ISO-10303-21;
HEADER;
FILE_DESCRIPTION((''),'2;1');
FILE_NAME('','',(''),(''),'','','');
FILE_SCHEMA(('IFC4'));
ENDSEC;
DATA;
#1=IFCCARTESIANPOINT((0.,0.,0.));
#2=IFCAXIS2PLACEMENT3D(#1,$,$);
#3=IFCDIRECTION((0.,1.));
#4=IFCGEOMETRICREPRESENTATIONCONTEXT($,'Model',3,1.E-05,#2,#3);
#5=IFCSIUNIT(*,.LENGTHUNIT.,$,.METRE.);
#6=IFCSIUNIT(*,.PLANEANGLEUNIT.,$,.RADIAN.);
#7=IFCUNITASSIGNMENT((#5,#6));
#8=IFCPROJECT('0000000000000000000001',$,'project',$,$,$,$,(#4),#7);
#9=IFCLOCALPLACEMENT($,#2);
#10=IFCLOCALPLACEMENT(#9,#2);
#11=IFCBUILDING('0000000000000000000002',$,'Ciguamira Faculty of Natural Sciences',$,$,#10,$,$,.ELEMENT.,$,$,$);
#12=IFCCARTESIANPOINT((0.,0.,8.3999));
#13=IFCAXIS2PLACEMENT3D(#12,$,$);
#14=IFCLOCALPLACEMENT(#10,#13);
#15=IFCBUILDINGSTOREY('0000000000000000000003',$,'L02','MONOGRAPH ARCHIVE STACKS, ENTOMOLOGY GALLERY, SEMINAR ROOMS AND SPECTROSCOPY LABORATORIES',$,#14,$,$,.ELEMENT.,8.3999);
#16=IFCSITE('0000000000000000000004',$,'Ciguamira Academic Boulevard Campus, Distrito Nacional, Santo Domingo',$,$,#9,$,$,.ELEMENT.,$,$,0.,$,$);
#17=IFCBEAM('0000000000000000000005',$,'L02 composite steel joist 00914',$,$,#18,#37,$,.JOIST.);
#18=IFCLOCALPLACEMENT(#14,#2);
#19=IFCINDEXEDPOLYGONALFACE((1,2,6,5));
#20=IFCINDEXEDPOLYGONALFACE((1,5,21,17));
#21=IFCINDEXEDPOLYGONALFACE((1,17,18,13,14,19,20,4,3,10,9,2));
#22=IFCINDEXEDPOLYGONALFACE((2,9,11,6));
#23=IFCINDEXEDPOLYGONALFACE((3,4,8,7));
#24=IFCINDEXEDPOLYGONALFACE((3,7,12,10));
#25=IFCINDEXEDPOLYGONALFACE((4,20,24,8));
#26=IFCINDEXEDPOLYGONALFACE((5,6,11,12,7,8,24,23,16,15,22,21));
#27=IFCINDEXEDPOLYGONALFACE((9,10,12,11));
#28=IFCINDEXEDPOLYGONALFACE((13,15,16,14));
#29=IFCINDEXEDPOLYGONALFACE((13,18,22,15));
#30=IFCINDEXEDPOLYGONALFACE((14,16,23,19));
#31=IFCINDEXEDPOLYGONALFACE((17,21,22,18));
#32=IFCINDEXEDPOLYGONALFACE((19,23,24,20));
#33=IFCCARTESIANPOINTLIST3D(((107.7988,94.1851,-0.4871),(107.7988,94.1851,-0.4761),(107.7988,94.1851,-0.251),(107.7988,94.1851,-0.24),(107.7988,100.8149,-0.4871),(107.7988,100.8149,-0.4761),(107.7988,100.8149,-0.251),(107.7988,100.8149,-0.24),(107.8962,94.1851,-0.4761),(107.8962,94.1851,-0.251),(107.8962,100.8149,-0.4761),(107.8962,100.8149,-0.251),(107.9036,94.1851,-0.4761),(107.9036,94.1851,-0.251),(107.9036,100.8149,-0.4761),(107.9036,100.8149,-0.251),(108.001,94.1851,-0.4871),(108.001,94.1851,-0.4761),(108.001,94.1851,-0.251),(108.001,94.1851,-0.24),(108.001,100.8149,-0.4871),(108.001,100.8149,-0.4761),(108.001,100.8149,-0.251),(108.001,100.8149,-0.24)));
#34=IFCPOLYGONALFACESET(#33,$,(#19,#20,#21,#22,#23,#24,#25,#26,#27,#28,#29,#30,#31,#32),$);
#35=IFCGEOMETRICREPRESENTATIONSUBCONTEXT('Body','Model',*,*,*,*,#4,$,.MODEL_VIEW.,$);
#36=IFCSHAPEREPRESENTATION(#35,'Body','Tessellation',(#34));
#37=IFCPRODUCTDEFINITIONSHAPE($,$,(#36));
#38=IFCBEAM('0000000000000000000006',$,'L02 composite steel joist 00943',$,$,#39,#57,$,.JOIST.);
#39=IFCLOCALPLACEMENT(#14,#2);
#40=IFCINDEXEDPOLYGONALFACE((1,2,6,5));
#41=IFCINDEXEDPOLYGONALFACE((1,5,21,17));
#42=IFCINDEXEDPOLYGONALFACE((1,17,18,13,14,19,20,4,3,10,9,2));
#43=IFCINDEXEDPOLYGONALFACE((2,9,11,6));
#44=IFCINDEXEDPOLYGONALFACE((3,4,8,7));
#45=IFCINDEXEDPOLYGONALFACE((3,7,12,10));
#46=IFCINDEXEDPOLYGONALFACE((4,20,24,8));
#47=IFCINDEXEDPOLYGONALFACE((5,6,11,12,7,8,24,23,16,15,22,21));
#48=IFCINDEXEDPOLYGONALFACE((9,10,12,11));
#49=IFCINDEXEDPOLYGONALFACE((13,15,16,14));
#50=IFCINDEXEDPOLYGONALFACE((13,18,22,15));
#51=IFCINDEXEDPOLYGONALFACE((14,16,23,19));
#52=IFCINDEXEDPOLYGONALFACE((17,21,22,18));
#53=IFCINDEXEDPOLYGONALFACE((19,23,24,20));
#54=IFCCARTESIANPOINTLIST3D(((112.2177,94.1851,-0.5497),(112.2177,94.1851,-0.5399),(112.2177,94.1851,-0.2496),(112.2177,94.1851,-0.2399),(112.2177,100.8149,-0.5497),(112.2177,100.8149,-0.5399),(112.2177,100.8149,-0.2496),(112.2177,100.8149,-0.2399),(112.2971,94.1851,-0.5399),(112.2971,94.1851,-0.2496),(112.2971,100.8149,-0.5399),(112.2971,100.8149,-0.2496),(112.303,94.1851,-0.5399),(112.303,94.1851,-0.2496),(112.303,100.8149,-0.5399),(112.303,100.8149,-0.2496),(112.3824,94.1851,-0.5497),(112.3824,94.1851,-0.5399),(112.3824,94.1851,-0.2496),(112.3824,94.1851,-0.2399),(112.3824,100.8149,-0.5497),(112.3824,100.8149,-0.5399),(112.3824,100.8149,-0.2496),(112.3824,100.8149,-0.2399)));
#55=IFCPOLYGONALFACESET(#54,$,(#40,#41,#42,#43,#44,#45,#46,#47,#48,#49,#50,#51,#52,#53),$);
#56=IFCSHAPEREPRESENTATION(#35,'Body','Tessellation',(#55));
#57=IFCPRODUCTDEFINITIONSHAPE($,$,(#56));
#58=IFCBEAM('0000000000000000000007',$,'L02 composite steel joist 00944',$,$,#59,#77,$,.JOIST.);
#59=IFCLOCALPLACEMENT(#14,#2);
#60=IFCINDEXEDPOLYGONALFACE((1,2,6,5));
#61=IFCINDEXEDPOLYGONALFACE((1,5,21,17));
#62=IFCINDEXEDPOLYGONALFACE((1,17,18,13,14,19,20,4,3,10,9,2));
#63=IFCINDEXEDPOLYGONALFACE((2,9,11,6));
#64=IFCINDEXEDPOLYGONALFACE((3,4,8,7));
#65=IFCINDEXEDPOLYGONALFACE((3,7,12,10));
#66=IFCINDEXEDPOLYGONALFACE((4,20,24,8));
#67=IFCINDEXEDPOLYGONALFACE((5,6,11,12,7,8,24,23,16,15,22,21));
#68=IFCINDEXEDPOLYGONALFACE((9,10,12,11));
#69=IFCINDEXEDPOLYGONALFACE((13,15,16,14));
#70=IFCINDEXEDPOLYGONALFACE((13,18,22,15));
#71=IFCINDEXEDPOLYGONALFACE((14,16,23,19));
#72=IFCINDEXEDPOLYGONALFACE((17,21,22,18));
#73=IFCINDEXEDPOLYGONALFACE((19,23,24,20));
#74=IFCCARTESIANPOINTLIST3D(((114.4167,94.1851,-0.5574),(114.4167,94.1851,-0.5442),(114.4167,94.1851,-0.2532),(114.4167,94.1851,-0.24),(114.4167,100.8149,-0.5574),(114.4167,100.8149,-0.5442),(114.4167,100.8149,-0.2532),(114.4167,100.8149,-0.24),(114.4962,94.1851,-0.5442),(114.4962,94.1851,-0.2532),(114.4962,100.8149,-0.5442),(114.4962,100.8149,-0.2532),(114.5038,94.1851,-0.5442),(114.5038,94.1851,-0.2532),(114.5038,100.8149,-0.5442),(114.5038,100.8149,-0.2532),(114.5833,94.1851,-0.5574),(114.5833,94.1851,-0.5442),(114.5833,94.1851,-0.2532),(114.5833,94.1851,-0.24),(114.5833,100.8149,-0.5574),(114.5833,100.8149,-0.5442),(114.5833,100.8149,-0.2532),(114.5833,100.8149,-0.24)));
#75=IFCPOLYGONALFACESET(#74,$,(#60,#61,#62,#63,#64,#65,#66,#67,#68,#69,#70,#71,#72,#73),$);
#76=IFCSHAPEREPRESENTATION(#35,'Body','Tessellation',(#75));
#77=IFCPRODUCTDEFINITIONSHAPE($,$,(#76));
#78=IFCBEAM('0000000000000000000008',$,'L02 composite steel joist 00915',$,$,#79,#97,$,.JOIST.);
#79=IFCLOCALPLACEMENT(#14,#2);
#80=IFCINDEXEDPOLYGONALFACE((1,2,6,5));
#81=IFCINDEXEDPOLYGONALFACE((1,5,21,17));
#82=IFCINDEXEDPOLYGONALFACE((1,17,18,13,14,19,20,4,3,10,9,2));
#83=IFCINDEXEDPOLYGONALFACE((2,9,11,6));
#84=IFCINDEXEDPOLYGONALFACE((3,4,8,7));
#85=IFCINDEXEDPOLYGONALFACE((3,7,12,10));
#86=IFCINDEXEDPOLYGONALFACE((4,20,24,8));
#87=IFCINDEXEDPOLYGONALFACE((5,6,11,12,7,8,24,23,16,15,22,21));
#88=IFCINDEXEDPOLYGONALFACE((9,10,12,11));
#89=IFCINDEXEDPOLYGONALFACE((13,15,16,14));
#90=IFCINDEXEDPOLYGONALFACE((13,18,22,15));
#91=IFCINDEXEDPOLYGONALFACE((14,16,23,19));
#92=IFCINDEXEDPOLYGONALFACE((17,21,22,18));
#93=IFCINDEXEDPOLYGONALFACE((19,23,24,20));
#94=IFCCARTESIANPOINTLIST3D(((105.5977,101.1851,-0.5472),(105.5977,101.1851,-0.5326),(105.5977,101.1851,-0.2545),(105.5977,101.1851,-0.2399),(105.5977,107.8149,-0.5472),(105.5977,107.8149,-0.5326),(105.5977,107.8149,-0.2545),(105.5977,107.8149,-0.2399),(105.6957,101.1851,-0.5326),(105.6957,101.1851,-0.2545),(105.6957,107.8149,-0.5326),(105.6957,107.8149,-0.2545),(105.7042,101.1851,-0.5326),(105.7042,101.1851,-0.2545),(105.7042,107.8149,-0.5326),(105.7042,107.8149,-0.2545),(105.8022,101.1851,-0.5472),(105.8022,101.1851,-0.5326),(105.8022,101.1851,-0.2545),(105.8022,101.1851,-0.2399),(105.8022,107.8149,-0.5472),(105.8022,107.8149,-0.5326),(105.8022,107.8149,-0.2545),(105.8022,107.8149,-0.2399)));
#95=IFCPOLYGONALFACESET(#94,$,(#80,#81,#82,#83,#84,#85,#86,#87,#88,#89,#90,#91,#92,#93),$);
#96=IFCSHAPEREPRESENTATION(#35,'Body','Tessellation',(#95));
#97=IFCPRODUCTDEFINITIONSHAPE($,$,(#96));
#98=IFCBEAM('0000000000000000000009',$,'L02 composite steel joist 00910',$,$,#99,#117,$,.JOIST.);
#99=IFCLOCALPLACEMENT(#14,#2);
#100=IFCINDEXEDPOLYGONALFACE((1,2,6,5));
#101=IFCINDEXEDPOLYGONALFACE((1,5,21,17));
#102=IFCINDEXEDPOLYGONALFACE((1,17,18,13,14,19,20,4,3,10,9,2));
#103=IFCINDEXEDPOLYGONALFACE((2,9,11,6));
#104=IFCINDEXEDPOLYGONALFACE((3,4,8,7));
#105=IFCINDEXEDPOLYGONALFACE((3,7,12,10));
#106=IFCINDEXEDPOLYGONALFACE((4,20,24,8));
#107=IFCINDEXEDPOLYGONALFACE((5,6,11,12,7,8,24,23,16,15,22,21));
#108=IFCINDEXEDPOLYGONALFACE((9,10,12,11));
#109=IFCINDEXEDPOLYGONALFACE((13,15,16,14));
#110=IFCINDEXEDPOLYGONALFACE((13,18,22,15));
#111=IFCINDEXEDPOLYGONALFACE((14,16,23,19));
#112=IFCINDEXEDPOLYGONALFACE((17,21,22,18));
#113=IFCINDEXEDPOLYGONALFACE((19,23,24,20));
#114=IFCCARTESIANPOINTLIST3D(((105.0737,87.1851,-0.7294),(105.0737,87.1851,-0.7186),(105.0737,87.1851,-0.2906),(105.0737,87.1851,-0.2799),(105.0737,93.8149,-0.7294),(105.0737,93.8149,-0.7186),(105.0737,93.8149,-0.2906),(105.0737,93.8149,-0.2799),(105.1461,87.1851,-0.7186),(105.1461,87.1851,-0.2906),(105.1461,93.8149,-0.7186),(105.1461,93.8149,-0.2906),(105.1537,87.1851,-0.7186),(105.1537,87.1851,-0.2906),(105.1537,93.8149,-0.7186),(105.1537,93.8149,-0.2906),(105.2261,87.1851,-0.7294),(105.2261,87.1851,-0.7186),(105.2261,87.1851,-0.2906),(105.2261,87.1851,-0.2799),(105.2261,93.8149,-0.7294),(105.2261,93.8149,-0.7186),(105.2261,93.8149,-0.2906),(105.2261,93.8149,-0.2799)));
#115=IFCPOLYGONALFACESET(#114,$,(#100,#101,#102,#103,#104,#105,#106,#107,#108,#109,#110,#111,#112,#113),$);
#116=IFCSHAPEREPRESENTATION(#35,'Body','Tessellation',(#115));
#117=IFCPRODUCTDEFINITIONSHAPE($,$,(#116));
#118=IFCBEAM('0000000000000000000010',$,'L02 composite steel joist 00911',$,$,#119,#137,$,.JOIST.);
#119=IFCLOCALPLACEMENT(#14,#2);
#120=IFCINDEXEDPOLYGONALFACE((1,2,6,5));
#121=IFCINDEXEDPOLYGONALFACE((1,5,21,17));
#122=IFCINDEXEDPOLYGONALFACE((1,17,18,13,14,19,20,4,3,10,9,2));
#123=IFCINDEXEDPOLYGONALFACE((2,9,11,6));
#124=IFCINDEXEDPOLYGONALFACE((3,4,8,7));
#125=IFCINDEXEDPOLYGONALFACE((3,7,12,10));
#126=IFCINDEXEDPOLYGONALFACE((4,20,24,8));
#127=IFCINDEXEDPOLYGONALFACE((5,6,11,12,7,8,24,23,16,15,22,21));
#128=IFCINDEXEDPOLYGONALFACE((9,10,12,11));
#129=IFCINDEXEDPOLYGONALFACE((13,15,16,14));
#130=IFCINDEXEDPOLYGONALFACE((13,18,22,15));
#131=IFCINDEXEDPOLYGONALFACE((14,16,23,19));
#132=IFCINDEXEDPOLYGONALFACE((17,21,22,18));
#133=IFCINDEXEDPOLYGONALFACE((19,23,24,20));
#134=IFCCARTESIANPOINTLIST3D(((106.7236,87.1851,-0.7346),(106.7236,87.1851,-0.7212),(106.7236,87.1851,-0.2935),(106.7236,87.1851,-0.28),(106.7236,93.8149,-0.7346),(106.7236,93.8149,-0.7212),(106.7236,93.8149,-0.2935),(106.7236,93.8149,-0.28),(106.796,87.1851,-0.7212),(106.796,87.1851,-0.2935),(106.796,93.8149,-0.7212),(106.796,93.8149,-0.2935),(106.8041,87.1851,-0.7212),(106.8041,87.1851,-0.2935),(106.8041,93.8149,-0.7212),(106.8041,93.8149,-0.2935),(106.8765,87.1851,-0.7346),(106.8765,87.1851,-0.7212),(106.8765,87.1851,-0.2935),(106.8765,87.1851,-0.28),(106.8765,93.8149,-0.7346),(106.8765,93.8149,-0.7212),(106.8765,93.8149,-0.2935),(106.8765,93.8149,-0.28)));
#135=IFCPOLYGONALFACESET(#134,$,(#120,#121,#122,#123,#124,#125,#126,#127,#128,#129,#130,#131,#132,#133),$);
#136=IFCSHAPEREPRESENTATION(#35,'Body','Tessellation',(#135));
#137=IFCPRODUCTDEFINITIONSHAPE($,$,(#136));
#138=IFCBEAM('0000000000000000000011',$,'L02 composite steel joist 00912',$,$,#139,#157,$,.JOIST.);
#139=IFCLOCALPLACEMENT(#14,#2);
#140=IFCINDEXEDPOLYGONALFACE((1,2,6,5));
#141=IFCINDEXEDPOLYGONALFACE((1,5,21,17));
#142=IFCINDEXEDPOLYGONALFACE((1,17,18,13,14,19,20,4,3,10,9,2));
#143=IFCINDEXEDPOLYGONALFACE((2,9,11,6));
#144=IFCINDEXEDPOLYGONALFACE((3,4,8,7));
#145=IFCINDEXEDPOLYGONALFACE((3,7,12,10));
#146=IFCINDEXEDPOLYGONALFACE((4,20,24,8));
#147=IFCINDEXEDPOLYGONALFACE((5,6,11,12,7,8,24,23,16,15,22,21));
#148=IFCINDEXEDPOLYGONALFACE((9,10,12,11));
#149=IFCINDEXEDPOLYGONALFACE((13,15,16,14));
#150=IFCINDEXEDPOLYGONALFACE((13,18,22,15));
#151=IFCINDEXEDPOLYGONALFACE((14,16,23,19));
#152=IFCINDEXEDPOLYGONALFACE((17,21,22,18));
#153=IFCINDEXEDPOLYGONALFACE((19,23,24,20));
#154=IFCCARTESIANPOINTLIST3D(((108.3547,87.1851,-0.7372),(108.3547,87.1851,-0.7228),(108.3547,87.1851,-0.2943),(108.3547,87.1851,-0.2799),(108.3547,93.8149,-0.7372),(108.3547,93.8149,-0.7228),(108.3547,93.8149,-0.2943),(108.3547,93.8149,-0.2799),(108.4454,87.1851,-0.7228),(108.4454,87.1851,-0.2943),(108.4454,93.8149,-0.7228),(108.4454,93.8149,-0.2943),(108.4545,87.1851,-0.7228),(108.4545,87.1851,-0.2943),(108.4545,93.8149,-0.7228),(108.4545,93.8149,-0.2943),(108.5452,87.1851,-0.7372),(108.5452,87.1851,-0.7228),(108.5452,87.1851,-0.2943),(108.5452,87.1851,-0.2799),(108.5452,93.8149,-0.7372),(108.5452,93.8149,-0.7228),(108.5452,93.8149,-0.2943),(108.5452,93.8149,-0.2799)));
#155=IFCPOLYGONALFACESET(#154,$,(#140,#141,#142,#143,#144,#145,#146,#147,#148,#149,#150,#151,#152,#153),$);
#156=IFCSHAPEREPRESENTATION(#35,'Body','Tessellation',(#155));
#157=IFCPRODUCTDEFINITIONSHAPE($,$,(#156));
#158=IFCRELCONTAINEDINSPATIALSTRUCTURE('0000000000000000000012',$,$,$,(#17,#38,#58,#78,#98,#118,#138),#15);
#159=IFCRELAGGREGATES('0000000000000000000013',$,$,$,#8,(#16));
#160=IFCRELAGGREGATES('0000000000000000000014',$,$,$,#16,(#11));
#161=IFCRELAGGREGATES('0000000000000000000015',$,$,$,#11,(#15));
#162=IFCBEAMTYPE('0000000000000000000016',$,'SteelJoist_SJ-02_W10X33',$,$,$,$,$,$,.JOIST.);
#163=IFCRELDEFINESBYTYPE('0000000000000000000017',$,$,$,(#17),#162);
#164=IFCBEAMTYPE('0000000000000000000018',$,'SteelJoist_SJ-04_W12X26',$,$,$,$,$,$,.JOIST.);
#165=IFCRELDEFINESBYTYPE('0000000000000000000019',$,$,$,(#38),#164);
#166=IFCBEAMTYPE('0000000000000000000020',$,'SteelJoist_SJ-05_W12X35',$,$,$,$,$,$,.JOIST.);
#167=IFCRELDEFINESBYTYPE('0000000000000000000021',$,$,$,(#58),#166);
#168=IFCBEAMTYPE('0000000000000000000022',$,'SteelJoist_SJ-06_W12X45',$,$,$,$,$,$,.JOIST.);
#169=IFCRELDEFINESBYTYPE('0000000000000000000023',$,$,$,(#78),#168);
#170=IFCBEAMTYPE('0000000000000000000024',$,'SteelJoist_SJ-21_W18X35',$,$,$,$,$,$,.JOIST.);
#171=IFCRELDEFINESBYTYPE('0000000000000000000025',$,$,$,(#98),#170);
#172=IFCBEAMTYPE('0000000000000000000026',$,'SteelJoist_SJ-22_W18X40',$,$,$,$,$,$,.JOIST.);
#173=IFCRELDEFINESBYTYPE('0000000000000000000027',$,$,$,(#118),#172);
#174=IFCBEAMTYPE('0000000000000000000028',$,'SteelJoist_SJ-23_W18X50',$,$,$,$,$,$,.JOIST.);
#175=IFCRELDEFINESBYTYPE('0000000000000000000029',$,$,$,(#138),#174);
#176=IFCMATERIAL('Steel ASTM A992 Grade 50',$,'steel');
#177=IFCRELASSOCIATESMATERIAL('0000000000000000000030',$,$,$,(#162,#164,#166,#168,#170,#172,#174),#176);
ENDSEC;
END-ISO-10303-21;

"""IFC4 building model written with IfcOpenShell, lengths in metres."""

from ifc_helpers import new_model, si_unit, direction, frame, origin, origin_2d, place, context, subcontext, project, spatial, i_section, extrude, material, material_profile, profile_set, type_object, element, save


model = new_model("IFC4")

# Units and contexts
model_context = context("Model", 3, precision=1e-05, world=origin(), true_north=direction((0.0, 1.0)))
body_context = subcontext(model_context, "Body", "Model", "MODEL_VIEW")
ifc_project = project(units=[si_unit("LENGTHUNIT", "METRE"), si_unit("PLANEANGLEUNIT", "RADIAN")], contexts=[model_context])

# Site, building, storey
site_placement = place(None, origin())
site = spatial("IfcSite", under=ifc_project, at=site_placement, Name="Ciguamira Academic Boulevard Campus, Distrito Nacional, Santo Domingo", CompositionType="ELEMENT", RefElevation=0.0)
building_placement = place(site_placement, origin())
building = spatial("IfcBuilding", under=site, at=building_placement, Name="Ciguamira Faculty of Natural Sciences", CompositionType="ELEMENT")
storey_placement = place(building_placement, frame((0.0, 0.0, 8.3999)))
storey = spatial("IfcBuildingStorey", under=building, at=storey_placement, Name="L02", Description="MONOGRAPH ARCHIVE STACKS, ENTOMOLOGY GALLERY, SEMINAR ROOMS AND SPECTROSCOPY LABORATORIES", CompositionType="ELEMENT", Elevation=8.3999)

# Beams
ifc_material_1 = material(Name="Steel ASTM A992 Grade 50", Category="steel")
ifc_material_profile_1 = material_profile(ifc_material_1, i_section(OverallWidth=0.2021, OverallDepth=0.2471, WebThickness=0.0073, FlangeThickness=0.011, at=origin_2d()), Name="W10X33")
ifc_profile_set_1 = profile_set([ifc_material_profile_1], Name="Steel ASTM A992 Grade 50")
beam_type_1 = type_object("IfcBeamType", Name="SteelJoist_SJ-02_W10X33", PredefinedType="JOIST", material=ifc_profile_set_1)
beam_1_placement = place(storey_placement, frame((107.8999, 94.1851, -0.3635), z_axis=(0.0, 1.0, 0.0), x_axis=(-1.0, 0.0, 0.0)))
element("IfcBeam", 1, at=beam_1_placement, inside=storey, type_object=beam_type_1, Name="L02 composite steel joist 00914", PredefinedType="JOIST", context=body_context, shape_type="SweptSolid", body=[
    extrude(i_section(OverallWidth=0.2021, OverallDepth=0.2471, WebThickness=0.0073, FlangeThickness=0.011, at=origin_2d()), origin(), (0.0, 0.0, 1.0), 6.6299),
])
ifc_material_profile_2 = material_profile(ifc_material_1, i_section(OverallWidth=0.1648, OverallDepth=0.3098, WebThickness=0.0059, FlangeThickness=0.0098, at=origin_2d()), Name="W12X26")
ifc_profile_set_2 = profile_set([ifc_material_profile_2], Name="Steel ASTM A992 Grade 50")
beam_type_2 = type_object("IfcBeamType", Name="SteelJoist_SJ-04_W12X26", PredefinedType="JOIST", material=ifc_profile_set_2)
beam_2_placement = place(storey_placement, frame((112.3, 94.1851, -0.3948), z_axis=(0.0, 1.0, 0.0), x_axis=(-1.0, 0.0, 0.0)))
element("IfcBeam", 2, at=beam_2_placement, inside=storey, type_object=beam_type_2, Name="L02 composite steel joist 00943", PredefinedType="JOIST", context=body_context, shape_type="SweptSolid", body=[
    extrude(i_section(OverallWidth=0.1648, OverallDepth=0.3098, WebThickness=0.0059, FlangeThickness=0.0098, at=origin_2d()), origin(), (0.0, 0.0, 1.0), 6.6299),
])
ifc_material_profile_3 = material_profile(ifc_material_1, i_section(OverallWidth=0.1665, OverallDepth=0.3174, WebThickness=0.0076, FlangeThickness=0.0132, at=origin_2d()), Name="W12X35")
ifc_profile_set_3 = profile_set([ifc_material_profile_3], Name="Steel ASTM A992 Grade 50")
beam_type_3 = type_object("IfcBeamType", Name="SteelJoist_SJ-05_W12X35", PredefinedType="JOIST", material=ifc_profile_set_3)
beam_3_placement = place(storey_placement, frame((114.5, 94.1851, -0.3987), z_axis=(0.0, 1.0, 0.0), x_axis=(-1.0, 0.0, 0.0)))
element("IfcBeam", 3, at=beam_3_placement, inside=storey, type_object=beam_type_3, Name="L02 composite steel joist 00944", PredefinedType="JOIST", context=body_context, shape_type="SweptSolid", body=[
    extrude(i_section(OverallWidth=0.1665, OverallDepth=0.3174, WebThickness=0.0076, FlangeThickness=0.0132, at=origin_2d()), origin(), (0.0, 0.0, 1.0), 6.6299),
])
ifc_material_profile_4 = material_profile(ifc_material_1, i_section(OverallWidth=0.2046, OverallDepth=0.3074, WebThickness=0.0085, FlangeThickness=0.0146, at=origin_2d()), Name="W12X45")
ifc_profile_set_4 = profile_set([ifc_material_profile_4], Name="Steel ASTM A992 Grade 50")
beam_type_4 = type_object("IfcBeamType", Name="SteelJoist_SJ-06_W12X45", PredefinedType="JOIST", material=ifc_profile_set_4)
beam_4_placement = place(storey_placement, frame((105.7, 101.1851, -0.3936), z_axis=(0.0, 1.0, 0.0), x_axis=(-1.0, 0.0, 0.0)))
element("IfcBeam", 4, at=beam_4_placement, inside=storey, type_object=beam_type_4, Name="L02 composite steel joist 00915", PredefinedType="JOIST", context=body_context, shape_type="SweptSolid", body=[
    extrude(i_section(OverallWidth=0.2046, OverallDepth=0.3074, WebThickness=0.0085, FlangeThickness=0.0146, at=origin_2d()), origin(), (0.0, 0.0, 1.0), 6.6299),
])
ifc_material_profile_5 = material_profile(ifc_material_1, i_section(OverallWidth=0.1523, OverallDepth=0.4495, WebThickness=0.0076, FlangeThickness=0.0107, at=origin_2d()), Name="W18X35")
ifc_profile_set_5 = profile_set([ifc_material_profile_5], Name="Steel ASTM A992 Grade 50")
beam_type_5 = type_object("IfcBeamType", Name="SteelJoist_SJ-21_W18X35", PredefinedType="JOIST", material=ifc_profile_set_5)
beam_5_placement = place(storey_placement, frame((105.1499, 87.1851, -0.5046), z_axis=(0.0, 1.0, 0.0), x_axis=(-1.0, 0.0, 0.0)))
element("IfcBeam", 5, at=beam_5_placement, inside=storey, type_object=beam_type_5, Name="L02 composite steel joist 00910", PredefinedType="JOIST", context=body_context, shape_type="SweptSolid", body=[
    extrude(i_section(OverallWidth=0.1523, OverallDepth=0.4495, WebThickness=0.0076, FlangeThickness=0.0107, at=origin_2d()), origin(), (0.0, 0.0, 1.0), 6.6299),
])
ifc_material_profile_6 = material_profile(ifc_material_1, i_section(OverallWidth=0.1528, OverallDepth=0.4546, WebThickness=0.0081, FlangeThickness=0.0134, at=origin_2d()), Name="W18X40")
ifc_profile_set_6 = profile_set([ifc_material_profile_6], Name="Steel ASTM A992 Grade 50")
beam_type_6 = type_object("IfcBeamType", Name="SteelJoist_SJ-22_W18X40", PredefinedType="JOIST", material=ifc_profile_set_6)
beam_6_placement = place(storey_placement, frame((106.8, 87.1851, -0.5073), z_axis=(0.0, 1.0, 0.0), x_axis=(-1.0, 0.0, 0.0)))
element("IfcBeam", 6, at=beam_6_placement, inside=storey, type_object=beam_type_6, Name="L02 composite steel joist 00911", PredefinedType="JOIST", context=body_context, shape_type="SweptSolid", body=[
    extrude(i_section(OverallWidth=0.1528, OverallDepth=0.4546, WebThickness=0.0081, FlangeThickness=0.0134, at=origin_2d()), origin(), (0.0, 0.0, 1.0), 6.6299),
])
ifc_material_profile_7 = material_profile(ifc_material_1, i_section(OverallWidth=0.1904, OverallDepth=0.4573, WebThickness=0.009, FlangeThickness=0.0144, at=origin_2d()), Name="W18X50")
ifc_profile_set_7 = profile_set([ifc_material_profile_7], Name="Steel ASTM A992 Grade 50")
beam_type_7 = type_object("IfcBeamType", Name="SteelJoist_SJ-23_W18X50", PredefinedType="JOIST", material=ifc_profile_set_7)
beam_7_placement = place(storey_placement, frame((108.45, 87.1851, -0.5085), z_axis=(0.0, 1.0, 0.0), x_axis=(-1.0, 0.0, 0.0)))
element("IfcBeam", 7, at=beam_7_placement, inside=storey, type_object=beam_type_7, Name="L02 composite steel joist 00912", PredefinedType="JOIST", context=body_context, shape_type="SweptSolid", body=[
    extrude(i_section(OverallWidth=0.1904, OverallDepth=0.4573, WebThickness=0.009, FlangeThickness=0.0144, at=origin_2d()), origin(), (0.0, 0.0, 1.0), 6.6299),
])

save(model, "model.ifc")
